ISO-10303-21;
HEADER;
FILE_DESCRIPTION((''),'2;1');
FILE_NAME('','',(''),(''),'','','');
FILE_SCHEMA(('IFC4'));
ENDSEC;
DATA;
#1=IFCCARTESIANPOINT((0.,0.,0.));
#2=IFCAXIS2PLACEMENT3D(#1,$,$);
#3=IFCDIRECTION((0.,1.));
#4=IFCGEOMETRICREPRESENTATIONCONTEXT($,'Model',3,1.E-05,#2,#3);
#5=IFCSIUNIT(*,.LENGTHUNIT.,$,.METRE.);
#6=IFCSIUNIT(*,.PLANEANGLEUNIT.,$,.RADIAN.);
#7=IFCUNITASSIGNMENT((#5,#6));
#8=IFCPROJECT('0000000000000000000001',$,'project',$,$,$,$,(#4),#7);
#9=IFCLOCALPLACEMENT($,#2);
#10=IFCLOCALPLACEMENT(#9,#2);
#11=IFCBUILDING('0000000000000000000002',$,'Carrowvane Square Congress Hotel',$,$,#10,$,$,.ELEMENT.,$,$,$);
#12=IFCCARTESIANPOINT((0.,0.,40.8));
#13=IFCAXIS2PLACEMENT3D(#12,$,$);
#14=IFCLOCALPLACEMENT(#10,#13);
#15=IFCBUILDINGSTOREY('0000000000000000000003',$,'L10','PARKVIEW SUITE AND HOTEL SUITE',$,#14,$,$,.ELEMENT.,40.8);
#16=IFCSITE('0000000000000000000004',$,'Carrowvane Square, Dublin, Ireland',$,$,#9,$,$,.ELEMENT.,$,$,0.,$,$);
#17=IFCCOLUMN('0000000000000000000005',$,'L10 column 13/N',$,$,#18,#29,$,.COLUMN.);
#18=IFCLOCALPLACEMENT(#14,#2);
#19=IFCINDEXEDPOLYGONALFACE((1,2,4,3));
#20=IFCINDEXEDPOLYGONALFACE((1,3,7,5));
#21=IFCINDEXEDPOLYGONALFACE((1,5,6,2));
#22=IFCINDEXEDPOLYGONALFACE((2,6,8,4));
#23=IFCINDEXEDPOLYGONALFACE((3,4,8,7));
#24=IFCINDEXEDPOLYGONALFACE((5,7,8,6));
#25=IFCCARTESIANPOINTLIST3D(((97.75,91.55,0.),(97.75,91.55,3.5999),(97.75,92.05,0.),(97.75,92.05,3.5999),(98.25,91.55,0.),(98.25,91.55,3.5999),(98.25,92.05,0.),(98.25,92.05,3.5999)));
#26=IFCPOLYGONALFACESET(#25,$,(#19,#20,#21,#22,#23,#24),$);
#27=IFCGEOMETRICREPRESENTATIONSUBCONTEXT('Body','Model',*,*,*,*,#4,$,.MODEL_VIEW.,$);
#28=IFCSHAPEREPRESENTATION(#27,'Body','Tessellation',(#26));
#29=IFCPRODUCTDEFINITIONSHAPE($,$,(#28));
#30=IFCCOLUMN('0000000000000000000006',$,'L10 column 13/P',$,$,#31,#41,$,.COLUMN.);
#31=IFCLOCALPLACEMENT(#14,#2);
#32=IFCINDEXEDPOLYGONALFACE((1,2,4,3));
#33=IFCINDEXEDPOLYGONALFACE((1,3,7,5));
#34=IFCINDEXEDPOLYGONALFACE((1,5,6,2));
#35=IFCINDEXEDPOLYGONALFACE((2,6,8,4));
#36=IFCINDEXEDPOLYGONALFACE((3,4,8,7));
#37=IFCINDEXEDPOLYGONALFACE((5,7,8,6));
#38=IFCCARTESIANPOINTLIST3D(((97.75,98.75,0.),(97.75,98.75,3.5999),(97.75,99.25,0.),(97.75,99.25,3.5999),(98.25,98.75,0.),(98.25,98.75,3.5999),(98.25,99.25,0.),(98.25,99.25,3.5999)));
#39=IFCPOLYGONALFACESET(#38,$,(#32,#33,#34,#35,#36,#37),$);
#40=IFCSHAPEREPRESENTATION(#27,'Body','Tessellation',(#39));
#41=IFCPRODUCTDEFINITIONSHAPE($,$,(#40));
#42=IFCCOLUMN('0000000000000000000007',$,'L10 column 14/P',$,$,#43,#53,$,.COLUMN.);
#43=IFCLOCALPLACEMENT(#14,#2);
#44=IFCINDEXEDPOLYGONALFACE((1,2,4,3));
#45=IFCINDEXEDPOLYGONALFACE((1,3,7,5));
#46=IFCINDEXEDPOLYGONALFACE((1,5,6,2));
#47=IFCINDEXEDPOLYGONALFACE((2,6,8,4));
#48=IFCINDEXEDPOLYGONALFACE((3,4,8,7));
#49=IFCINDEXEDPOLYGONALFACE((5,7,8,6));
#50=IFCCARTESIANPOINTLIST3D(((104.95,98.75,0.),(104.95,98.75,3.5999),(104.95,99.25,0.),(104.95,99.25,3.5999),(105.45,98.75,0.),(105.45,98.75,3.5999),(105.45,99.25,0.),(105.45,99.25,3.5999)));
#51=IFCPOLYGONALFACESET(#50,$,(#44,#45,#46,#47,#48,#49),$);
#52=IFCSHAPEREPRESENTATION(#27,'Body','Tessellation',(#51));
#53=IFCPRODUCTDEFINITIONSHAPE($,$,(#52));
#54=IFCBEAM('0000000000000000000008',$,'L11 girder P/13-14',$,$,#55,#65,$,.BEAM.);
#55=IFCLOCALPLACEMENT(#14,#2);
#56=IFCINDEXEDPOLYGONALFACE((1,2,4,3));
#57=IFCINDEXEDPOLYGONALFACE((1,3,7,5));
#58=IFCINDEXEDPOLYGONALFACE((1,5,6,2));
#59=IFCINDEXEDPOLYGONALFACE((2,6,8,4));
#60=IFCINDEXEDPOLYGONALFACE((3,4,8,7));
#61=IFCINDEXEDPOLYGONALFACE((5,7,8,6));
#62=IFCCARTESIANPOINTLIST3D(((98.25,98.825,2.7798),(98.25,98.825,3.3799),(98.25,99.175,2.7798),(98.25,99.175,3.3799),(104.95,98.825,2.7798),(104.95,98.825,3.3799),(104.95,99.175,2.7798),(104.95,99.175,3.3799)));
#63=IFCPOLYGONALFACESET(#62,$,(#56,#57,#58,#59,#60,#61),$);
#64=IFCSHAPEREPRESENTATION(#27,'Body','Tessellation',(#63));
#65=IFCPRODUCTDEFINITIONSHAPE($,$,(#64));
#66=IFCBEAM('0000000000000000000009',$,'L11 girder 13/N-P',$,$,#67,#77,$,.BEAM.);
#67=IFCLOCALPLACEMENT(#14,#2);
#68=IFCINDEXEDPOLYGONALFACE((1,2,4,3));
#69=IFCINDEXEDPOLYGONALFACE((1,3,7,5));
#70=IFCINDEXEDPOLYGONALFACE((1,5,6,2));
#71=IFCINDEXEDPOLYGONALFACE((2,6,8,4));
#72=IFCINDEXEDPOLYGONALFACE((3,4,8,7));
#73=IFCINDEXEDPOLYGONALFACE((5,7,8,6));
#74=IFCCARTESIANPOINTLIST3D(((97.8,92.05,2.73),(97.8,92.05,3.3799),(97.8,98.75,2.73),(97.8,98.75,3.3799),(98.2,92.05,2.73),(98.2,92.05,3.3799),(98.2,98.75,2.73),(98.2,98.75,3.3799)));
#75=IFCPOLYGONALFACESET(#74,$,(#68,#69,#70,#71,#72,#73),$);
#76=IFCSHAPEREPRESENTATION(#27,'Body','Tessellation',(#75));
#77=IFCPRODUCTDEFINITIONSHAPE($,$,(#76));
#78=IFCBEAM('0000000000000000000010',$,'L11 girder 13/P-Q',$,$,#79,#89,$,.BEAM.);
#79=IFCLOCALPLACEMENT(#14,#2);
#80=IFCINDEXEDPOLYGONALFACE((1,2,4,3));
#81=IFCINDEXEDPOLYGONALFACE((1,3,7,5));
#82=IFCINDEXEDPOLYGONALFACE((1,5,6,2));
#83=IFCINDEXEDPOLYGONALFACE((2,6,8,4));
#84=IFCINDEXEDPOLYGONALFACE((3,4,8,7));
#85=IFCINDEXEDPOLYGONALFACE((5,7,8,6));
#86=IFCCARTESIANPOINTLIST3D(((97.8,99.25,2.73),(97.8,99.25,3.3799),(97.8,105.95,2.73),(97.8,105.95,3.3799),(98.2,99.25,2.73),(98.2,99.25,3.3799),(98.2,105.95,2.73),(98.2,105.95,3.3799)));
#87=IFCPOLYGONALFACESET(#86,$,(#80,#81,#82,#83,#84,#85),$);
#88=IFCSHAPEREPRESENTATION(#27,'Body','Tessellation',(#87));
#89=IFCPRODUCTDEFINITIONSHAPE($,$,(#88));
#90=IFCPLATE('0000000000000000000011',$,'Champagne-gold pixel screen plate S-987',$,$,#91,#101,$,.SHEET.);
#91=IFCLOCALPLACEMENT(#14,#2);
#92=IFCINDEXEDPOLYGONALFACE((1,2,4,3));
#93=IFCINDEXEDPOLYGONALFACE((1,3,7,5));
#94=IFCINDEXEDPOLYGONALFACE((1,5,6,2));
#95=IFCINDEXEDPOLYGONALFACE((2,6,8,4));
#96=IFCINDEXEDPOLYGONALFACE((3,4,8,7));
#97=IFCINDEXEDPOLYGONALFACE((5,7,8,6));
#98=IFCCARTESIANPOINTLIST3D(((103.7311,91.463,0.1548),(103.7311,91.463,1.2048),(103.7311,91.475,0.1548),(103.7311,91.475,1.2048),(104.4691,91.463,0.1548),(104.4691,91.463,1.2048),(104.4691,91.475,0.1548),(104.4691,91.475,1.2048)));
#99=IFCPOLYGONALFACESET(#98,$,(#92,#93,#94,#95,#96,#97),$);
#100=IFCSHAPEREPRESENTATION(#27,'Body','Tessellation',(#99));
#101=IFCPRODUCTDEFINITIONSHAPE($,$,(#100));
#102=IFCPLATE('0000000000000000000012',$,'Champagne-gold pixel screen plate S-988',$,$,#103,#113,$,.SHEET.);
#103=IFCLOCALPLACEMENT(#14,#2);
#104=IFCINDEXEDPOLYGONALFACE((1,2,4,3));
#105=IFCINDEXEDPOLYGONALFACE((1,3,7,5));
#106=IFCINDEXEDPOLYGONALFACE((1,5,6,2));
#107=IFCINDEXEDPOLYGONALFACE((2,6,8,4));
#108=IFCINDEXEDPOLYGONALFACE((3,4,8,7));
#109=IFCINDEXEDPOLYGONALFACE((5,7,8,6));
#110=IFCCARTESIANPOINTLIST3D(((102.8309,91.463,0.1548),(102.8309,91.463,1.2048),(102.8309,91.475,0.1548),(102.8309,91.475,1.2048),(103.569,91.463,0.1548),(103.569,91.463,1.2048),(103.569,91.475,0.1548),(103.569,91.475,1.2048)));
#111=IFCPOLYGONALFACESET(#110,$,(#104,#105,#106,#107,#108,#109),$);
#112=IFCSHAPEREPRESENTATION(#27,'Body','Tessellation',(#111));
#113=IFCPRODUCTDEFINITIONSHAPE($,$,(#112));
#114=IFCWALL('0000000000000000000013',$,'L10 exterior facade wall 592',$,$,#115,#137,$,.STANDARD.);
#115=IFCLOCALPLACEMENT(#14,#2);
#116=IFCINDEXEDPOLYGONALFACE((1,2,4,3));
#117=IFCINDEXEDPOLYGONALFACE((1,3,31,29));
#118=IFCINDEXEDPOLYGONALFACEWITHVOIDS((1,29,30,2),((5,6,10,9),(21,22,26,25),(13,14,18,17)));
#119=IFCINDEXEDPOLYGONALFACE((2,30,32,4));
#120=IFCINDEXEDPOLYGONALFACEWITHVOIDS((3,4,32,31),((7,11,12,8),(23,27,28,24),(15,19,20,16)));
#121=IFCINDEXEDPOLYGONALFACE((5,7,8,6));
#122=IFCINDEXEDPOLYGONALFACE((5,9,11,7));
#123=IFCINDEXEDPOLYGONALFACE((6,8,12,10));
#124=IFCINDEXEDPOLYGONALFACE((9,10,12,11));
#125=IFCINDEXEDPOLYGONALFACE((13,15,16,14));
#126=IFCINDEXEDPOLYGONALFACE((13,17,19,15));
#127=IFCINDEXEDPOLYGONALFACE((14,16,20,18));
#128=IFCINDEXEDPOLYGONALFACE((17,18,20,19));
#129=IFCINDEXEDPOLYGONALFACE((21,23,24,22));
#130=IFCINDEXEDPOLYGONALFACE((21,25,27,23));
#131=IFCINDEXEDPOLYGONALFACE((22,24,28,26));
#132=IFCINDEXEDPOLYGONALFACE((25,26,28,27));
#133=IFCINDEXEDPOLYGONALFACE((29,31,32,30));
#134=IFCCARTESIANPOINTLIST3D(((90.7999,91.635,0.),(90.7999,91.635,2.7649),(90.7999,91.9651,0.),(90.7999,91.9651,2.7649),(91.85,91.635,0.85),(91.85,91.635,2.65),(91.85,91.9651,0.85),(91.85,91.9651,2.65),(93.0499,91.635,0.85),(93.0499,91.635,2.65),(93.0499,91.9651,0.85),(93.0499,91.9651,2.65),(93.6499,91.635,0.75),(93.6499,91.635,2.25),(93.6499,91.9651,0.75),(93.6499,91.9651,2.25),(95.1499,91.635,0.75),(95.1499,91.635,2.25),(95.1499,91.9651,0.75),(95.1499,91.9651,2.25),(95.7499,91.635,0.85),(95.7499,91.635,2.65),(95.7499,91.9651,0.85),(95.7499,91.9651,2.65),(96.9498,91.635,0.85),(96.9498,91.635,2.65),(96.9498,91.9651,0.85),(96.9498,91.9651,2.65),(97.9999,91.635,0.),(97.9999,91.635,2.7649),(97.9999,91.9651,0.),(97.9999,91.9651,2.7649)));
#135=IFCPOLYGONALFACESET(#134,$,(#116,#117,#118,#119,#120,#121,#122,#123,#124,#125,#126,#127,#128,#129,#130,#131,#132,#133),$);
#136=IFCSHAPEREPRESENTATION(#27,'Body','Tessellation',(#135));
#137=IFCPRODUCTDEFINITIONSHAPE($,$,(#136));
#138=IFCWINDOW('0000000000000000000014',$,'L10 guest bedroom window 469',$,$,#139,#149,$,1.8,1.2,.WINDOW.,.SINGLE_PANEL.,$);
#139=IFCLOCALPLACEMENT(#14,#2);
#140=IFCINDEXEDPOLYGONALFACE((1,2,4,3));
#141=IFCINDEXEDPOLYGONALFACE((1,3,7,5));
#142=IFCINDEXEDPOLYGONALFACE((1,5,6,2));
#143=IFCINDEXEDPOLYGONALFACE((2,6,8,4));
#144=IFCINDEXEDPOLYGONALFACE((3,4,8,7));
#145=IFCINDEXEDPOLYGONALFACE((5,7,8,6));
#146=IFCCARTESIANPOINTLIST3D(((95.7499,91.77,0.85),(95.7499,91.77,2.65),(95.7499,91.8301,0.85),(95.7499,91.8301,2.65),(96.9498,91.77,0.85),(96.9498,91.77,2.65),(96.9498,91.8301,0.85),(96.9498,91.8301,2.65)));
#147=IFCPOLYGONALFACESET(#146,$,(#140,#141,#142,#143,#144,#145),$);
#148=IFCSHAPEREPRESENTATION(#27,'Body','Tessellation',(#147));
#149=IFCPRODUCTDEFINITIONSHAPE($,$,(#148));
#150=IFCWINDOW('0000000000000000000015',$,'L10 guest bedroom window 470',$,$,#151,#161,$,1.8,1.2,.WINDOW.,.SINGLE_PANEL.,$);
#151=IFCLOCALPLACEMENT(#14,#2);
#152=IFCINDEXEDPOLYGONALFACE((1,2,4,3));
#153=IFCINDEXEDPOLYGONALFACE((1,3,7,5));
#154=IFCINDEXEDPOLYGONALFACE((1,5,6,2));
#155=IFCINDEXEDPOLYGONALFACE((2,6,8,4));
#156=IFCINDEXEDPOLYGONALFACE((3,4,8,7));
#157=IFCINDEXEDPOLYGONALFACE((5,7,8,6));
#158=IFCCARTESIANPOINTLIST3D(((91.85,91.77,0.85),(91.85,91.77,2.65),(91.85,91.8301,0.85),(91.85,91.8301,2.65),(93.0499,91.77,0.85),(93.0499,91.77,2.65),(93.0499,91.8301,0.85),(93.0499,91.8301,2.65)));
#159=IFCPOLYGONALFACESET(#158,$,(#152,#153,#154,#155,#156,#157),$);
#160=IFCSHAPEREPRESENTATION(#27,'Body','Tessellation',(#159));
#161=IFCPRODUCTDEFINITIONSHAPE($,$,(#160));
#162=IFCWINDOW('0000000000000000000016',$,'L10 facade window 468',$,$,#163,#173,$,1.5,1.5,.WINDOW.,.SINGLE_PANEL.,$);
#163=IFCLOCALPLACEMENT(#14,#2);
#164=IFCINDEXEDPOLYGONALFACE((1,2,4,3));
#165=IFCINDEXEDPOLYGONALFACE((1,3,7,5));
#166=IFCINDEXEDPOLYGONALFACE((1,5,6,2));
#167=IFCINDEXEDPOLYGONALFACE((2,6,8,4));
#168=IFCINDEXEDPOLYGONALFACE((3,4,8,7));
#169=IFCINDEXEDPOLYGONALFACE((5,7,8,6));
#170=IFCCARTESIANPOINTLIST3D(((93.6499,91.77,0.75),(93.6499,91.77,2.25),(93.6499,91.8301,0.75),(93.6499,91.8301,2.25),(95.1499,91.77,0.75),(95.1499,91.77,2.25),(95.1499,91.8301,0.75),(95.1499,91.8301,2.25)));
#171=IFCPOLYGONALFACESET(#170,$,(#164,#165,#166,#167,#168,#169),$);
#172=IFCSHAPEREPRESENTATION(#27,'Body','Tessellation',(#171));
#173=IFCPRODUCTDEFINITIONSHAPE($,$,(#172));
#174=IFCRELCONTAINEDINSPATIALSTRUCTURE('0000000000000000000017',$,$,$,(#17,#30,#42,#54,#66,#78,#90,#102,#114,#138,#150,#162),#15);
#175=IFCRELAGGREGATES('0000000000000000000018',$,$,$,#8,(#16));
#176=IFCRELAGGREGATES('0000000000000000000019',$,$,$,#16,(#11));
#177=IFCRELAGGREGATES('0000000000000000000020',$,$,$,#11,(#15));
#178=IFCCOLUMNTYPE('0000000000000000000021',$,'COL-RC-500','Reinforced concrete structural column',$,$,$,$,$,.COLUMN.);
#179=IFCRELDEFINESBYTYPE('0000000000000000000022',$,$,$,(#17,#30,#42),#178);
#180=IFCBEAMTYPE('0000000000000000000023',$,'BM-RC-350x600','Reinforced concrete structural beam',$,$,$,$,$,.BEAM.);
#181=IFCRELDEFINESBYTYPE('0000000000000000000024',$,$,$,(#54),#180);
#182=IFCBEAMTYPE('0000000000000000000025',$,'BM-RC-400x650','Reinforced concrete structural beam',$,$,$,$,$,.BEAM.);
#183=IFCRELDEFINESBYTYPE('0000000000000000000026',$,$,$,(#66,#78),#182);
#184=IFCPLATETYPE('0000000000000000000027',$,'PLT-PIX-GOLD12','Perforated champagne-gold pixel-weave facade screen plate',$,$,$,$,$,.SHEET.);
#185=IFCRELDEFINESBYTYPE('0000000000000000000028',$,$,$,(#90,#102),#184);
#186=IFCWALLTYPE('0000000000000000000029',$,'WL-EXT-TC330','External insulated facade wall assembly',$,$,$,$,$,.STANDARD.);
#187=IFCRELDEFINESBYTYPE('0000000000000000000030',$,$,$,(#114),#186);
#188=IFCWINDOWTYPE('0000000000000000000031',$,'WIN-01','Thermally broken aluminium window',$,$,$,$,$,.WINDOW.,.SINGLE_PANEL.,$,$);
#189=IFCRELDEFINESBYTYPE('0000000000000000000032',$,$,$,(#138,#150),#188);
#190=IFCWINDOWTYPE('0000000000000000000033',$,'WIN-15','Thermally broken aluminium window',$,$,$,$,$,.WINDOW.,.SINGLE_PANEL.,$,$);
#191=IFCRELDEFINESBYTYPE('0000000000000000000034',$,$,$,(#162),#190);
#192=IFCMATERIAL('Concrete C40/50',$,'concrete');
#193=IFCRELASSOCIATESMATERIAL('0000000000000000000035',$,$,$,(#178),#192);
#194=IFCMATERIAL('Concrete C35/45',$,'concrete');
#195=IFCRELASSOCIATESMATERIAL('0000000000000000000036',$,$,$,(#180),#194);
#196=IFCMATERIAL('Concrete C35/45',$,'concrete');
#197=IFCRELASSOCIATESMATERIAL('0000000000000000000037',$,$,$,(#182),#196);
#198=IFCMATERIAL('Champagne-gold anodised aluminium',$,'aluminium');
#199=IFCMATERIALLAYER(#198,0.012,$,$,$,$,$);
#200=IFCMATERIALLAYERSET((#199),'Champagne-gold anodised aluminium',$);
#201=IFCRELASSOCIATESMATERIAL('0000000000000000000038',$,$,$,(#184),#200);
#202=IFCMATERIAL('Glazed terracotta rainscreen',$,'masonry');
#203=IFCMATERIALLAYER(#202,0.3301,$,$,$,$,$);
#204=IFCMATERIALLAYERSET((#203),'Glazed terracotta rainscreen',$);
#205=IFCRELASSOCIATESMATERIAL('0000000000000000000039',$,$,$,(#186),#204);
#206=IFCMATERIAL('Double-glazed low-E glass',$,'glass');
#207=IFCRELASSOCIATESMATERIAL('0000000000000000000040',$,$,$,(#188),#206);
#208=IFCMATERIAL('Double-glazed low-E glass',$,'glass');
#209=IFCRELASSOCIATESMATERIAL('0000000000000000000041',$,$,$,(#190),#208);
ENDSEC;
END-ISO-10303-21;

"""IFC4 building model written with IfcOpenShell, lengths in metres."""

from ifc_helpers import new_model, si_unit, direction, frame, frame_2d, origin, origin_2d, place, context, subcontext, project, spatial, rectangle, extrude, material, layer, layer_set, material_profile, profile_set, type_object, element, fill, save


model = new_model("IFC4")

# Units and contexts
model_context = context("Model", 3, precision=1e-05, world=origin(), true_north=direction((0.0, 1.0)))
body_context = subcontext(model_context, "Body", "Model", "MODEL_VIEW")
ifc_project = project(units=[si_unit("LENGTHUNIT", "METRE"), si_unit("PLANEANGLEUNIT", "RADIAN")], contexts=[model_context])

# Site, building, storey
site_placement = place(None, origin())
site = spatial("IfcSite", under=ifc_project, at=site_placement, Name="Carrowvane Square, Dublin, Ireland", CompositionType="ELEMENT", RefElevation=0.0)
building_placement = place(site_placement, origin())
building = spatial("IfcBuilding", under=site, at=building_placement, Name="Carrowvane Square Congress Hotel", CompositionType="ELEMENT")
storey_placement = place(building_placement, frame((0.0, 0.0, 40.8)))
storey = spatial("IfcBuildingStorey", under=building, at=storey_placement, Name="L10", Description="PARKVIEW SUITE AND HOTEL SUITE", CompositionType="ELEMENT", Elevation=40.8)

# Columns
ifc_material_1 = material(Name="Concrete C40/50", Category="concrete")
ifc_material_profile_1 = material_profile(ifc_material_1, rectangle(XDim=0.5, YDim=0.5, at=origin_2d()), Name="RC 500x500")
ifc_profile_set_1 = profile_set([ifc_material_profile_1], Name="Concrete C40/50")
column_type = type_object("IfcColumnType", Name="COL-RC-500", Description="Reinforced concrete structural column", PredefinedType="COLUMN", material=ifc_profile_set_1)
for number, where, z_axis, x_axis, name in (
    (1, (98.0, 91.8, 0.0), (0.0, 0.0, 1.0), (1.0, 0.0, 0.0), "L10 column 13/N"),
    (2, (98.0, 99.0, 0.0), (0.0, 0.0, 1.0), (1.0, 0.0, 0.0), "L10 column 13/P"),
    (3, (105.2, 99.0, 0.0), (0.0, 0.0, 1.0), (1.0, 0.0, 0.0), "L10 column 14/P"),
):
    element("IfcColumn", number, at=place(storey_placement, frame(where, z_axis=z_axis, x_axis=x_axis)), inside=storey, type_object=column_type, Name=name, PredefinedType="COLUMN", context=body_context, shape_type="SweptSolid", body=[
        extrude(rectangle(XDim=0.5, YDim=0.5, at=origin_2d()), origin(), (0.0, 0.0, 1.0), 3.5999),
    ])

# Beams
ifc_material_2 = material(Name="Concrete C35/45", Category="concrete")
ifc_material_profile_2 = material_profile(ifc_material_2, rectangle(XDim=0.3501, YDim=0.6001, at=origin_2d()), Name="RC 350x600")
ifc_profile_set_2 = profile_set([ifc_material_profile_2], Name="Concrete C35/45")
beam_type_1 = type_object("IfcBeamType", Name="BM-RC-350x600", Description="Reinforced concrete structural beam", PredefinedType="BEAM", material=ifc_profile_set_2)
beam_placement = place(storey_placement, frame((98.25, 99.0, 3.0798), z_axis=(1.0, 0.0, 0.0), x_axis=(0.0, 1.0, 0.0)))
element("IfcBeam", 4, at=beam_placement, inside=storey, type_object=beam_type_1, Name="L11 girder P/13-14", PredefinedType="BEAM", context=body_context, shape_type="SweptSolid", body=[
    extrude(rectangle(XDim=0.3501, YDim=0.6001, at=origin_2d()), origin(), (0.0, 0.0, 1.0), 6.7),
])
ifc_material_3 = material(Name="Concrete C35/45", Category="concrete")
ifc_material_profile_3 = material_profile(ifc_material_3, rectangle(XDim=0.3999, YDim=0.6499, at=origin_2d()), Name="RC 400x650")
ifc_profile_set_3 = profile_set([ifc_material_profile_3], Name="Concrete C35/45")
beam_type_2 = type_object("IfcBeamType", Name="BM-RC-400x650", Description="Reinforced concrete structural beam", PredefinedType="BEAM", material=ifc_profile_set_3)
for number, where, z_axis, x_axis, name in (
    (5, (98.0, 92.05, 3.0549), (0.0, 1.0, 0.0), (-1.0, 0.0, 0.0), "L11 girder 13/N-P"),
    (6, (98.0, 99.25, 3.0549), (0.0, 1.0, 0.0), (-1.0, 0.0, 0.0), "L11 girder 13/P-Q"),
):
    element("IfcBeam", number, at=place(storey_placement, frame(where, z_axis=z_axis, x_axis=x_axis)), inside=storey, type_object=beam_type_2, Name=name, PredefinedType="BEAM", context=body_context, shape_type="SweptSolid", body=[
        extrude(rectangle(XDim=0.3999, YDim=0.6499, at=origin_2d()), origin(), (0.0, 0.0, 1.0), 6.7),
    ])

# Plates
ifc_material_4 = material(Name="Champagne-gold anodised aluminium", Category="aluminium")
ifc_layer_1 = layer(ifc_material_4, 0.012)
ifc_layer_set_1 = layer_set([ifc_layer_1], Name="Champagne-gold anodised aluminium")
plate_type = type_object("IfcPlateType", Name="PLT-PIX-GOLD12", Description="Perforated champagne-gold pixel-weave facade screen plate", PredefinedType="SHEET", material=ifc_layer_set_1)
for number, where, z_axis, x_axis, name in (
    (7, (104.1001, 91.469, 0.1548), (0.0, 0.0, 1.0), (-1.0, 0.0, 0.0), "Champagne-gold pixel screen plate S-987"),
    (8, (103.2, 91.469, 0.1548), (0.0, 0.0, 1.0), (-1.0, 0.0, 0.0), "Champagne-gold pixel screen plate S-988"),
):
    element("IfcPlate", number, at=place(storey_placement, frame(where, z_axis=z_axis, x_axis=x_axis)), inside=storey, type_object=plate_type, Name=name, PredefinedType="SHEET", context=body_context, shape_type="SweptSolid", body=[
        extrude(rectangle(XDim=0.738, YDim=0.012, at=origin_2d()), origin(), (0.0, 0.0, 1.0), 1.05),
    ])

# Wall, openings, windows
ifc_material_5 = material(Name="Glazed terracotta rainscreen", Category="masonry")
ifc_layer_2 = layer(ifc_material_5, 0.3301)
ifc_layer_set_2 = layer_set([ifc_layer_2], Name="Glazed terracotta rainscreen")
wall_type_1 = type_object("IfcWallType", Name="WL-EXT-TC330", Description="External insulated facade wall assembly", PredefinedType="STANDARD", material=ifc_layer_set_2)
wall_1_placement = place(storey_placement, frame((98.0, 91.8, 0.0), z_axis=(0.0, 0.0, 1.0), x_axis=(-1.0, 0.0, 0.0)))
wall_1 = element("IfcWall", 9, at=wall_1_placement, inside=storey, type_object=wall_type_1, Name="L10 exterior facade wall 592", PredefinedType="STANDARD", context=body_context, shape_type="SweptSolid", body=[
    extrude(rectangle(XDim=7.2, YDim=0.3301, at=frame_2d((3.6001, 0.0))), origin(), (0.0, 0.0, 1.0), 2.7649),
])
opening_1_placement = place(wall_1_placement, frame((2.8501, 0.0, 0.75)))
opening_1 = element("IfcOpeningElement", 10, at=opening_1_placement, cuts=wall_1, PredefinedType="OPENING", context=body_context, shape_type="SweptSolid", body=[
    extrude(rectangle(XDim=1.5, YDim=1.5, at=frame_2d((0.75, 0.75))), frame((0.0, 0.175, 0.0), z_axis=(0.0, -1.0, 0.0), x_axis=(1.0, 0.0, 0.0)), (0.0, 0.0, 1.0), 0.3501),
])
opening_2_placement = place(wall_1_placement, frame((1.05, 0.0, 0.8501)))
opening_2 = element("IfcOpeningElement", 11, at=opening_2_placement, cuts=wall_1, PredefinedType="OPENING", context=body_context, shape_type="SweptSolid", body=[
    extrude(rectangle(XDim=1.2, YDim=1.8, at=frame_2d((0.6001, 0.8999))), frame((0.0, 0.175, 0.0), z_axis=(0.0, -1.0, 0.0), x_axis=(1.0, 0.0, 0.0)), (0.0, 0.0, 1.0), 0.3501),
])
opening_3_placement = place(wall_1_placement, frame((4.95, 0.0, 0.8501)))
opening_3 = element("IfcOpeningElement", 12, at=opening_3_placement, cuts=wall_1, PredefinedType="OPENING", context=body_context, shape_type="SweptSolid", body=[
    extrude(rectangle(XDim=1.2, YDim=1.8, at=frame_2d((0.6001, 0.8999))), frame((0.0, 0.175, 0.0), z_axis=(0.0, -1.0, 0.0), x_axis=(1.0, 0.0, 0.0)), (0.0, 0.0, 1.0), 0.3501),
])
ifc_material_6 = material(Name="Double-glazed low-E glass", Category="glass")
window_type_1 = type_object("IfcWindowType", Name="WIN-01", Description="Thermally broken aluminium window", PartitioningType="SINGLE_PANEL", PredefinedType="WINDOW", material=ifc_material_6)
window_1_placement = place(opening_2_placement, origin())
window_1 = element("IfcWindow", 13, at=window_1_placement, inside=storey, type_object=window_type_1, Name="L10 guest bedroom window 469", OverallHeight=1.8, OverallWidth=1.2, PartitioningType="SINGLE_PANEL", PredefinedType="WINDOW", context=body_context, shape_type="SweptSolid", body=[
    extrude(rectangle(XDim=1.2, YDim=1.8, at=frame_2d((0.6001, 0.8999))), frame((0.0, 0.03, 0.0), z_axis=(0.0, -1.0, 0.0), x_axis=(1.0, 0.0, 0.0)), (0.0, 0.0, 1.0), 0.0601),
])
fill(opening_2, window_1)
window_2_placement = place(opening_3_placement, origin())
window_2 = element("IfcWindow", 14, at=window_2_placement, inside=storey, type_object=window_type_1, Name="L10 guest bedroom window 470", OverallHeight=1.8, OverallWidth=1.2, PartitioningType="SINGLE_PANEL", PredefinedType="WINDOW", context=body_context, shape_type="SweptSolid", body=[
    extrude(rectangle(XDim=1.2, YDim=1.8, at=frame_2d((0.6001, 0.8999))), frame((0.0, 0.03, 0.0), z_axis=(0.0, -1.0, 0.0), x_axis=(1.0, 0.0, 0.0)), (0.0, 0.0, 1.0), 0.0601),
])
fill(opening_3, window_2)
ifc_material_7 = material(Name="Double-glazed low-E glass", Category="glass")
window_type_2 = type_object("IfcWindowType", Name="WIN-15", Description="Thermally broken aluminium window", PartitioningType="SINGLE_PANEL", PredefinedType="WINDOW", material=ifc_material_7)
window_3_placement = place(opening_1_placement, origin())
window_3 = element("IfcWindow", 15, at=window_3_placement, inside=storey, type_object=window_type_2, Name="L10 facade window 468", OverallHeight=1.5, OverallWidth=1.5, PartitioningType="SINGLE_PANEL", PredefinedType="WINDOW", context=body_context, shape_type="SweptSolid", body=[
    extrude(rectangle(XDim=1.5, YDim=1.5, at=frame_2d((0.75, 0.75))), frame((0.0, 0.03, 0.0), z_axis=(0.0, -1.0, 0.0), x_axis=(1.0, 0.0, 0.0)), (0.0, 0.0, 1.0), 0.0601),
])
fill(opening_1, window_3)

save(model, "model.ifc")
